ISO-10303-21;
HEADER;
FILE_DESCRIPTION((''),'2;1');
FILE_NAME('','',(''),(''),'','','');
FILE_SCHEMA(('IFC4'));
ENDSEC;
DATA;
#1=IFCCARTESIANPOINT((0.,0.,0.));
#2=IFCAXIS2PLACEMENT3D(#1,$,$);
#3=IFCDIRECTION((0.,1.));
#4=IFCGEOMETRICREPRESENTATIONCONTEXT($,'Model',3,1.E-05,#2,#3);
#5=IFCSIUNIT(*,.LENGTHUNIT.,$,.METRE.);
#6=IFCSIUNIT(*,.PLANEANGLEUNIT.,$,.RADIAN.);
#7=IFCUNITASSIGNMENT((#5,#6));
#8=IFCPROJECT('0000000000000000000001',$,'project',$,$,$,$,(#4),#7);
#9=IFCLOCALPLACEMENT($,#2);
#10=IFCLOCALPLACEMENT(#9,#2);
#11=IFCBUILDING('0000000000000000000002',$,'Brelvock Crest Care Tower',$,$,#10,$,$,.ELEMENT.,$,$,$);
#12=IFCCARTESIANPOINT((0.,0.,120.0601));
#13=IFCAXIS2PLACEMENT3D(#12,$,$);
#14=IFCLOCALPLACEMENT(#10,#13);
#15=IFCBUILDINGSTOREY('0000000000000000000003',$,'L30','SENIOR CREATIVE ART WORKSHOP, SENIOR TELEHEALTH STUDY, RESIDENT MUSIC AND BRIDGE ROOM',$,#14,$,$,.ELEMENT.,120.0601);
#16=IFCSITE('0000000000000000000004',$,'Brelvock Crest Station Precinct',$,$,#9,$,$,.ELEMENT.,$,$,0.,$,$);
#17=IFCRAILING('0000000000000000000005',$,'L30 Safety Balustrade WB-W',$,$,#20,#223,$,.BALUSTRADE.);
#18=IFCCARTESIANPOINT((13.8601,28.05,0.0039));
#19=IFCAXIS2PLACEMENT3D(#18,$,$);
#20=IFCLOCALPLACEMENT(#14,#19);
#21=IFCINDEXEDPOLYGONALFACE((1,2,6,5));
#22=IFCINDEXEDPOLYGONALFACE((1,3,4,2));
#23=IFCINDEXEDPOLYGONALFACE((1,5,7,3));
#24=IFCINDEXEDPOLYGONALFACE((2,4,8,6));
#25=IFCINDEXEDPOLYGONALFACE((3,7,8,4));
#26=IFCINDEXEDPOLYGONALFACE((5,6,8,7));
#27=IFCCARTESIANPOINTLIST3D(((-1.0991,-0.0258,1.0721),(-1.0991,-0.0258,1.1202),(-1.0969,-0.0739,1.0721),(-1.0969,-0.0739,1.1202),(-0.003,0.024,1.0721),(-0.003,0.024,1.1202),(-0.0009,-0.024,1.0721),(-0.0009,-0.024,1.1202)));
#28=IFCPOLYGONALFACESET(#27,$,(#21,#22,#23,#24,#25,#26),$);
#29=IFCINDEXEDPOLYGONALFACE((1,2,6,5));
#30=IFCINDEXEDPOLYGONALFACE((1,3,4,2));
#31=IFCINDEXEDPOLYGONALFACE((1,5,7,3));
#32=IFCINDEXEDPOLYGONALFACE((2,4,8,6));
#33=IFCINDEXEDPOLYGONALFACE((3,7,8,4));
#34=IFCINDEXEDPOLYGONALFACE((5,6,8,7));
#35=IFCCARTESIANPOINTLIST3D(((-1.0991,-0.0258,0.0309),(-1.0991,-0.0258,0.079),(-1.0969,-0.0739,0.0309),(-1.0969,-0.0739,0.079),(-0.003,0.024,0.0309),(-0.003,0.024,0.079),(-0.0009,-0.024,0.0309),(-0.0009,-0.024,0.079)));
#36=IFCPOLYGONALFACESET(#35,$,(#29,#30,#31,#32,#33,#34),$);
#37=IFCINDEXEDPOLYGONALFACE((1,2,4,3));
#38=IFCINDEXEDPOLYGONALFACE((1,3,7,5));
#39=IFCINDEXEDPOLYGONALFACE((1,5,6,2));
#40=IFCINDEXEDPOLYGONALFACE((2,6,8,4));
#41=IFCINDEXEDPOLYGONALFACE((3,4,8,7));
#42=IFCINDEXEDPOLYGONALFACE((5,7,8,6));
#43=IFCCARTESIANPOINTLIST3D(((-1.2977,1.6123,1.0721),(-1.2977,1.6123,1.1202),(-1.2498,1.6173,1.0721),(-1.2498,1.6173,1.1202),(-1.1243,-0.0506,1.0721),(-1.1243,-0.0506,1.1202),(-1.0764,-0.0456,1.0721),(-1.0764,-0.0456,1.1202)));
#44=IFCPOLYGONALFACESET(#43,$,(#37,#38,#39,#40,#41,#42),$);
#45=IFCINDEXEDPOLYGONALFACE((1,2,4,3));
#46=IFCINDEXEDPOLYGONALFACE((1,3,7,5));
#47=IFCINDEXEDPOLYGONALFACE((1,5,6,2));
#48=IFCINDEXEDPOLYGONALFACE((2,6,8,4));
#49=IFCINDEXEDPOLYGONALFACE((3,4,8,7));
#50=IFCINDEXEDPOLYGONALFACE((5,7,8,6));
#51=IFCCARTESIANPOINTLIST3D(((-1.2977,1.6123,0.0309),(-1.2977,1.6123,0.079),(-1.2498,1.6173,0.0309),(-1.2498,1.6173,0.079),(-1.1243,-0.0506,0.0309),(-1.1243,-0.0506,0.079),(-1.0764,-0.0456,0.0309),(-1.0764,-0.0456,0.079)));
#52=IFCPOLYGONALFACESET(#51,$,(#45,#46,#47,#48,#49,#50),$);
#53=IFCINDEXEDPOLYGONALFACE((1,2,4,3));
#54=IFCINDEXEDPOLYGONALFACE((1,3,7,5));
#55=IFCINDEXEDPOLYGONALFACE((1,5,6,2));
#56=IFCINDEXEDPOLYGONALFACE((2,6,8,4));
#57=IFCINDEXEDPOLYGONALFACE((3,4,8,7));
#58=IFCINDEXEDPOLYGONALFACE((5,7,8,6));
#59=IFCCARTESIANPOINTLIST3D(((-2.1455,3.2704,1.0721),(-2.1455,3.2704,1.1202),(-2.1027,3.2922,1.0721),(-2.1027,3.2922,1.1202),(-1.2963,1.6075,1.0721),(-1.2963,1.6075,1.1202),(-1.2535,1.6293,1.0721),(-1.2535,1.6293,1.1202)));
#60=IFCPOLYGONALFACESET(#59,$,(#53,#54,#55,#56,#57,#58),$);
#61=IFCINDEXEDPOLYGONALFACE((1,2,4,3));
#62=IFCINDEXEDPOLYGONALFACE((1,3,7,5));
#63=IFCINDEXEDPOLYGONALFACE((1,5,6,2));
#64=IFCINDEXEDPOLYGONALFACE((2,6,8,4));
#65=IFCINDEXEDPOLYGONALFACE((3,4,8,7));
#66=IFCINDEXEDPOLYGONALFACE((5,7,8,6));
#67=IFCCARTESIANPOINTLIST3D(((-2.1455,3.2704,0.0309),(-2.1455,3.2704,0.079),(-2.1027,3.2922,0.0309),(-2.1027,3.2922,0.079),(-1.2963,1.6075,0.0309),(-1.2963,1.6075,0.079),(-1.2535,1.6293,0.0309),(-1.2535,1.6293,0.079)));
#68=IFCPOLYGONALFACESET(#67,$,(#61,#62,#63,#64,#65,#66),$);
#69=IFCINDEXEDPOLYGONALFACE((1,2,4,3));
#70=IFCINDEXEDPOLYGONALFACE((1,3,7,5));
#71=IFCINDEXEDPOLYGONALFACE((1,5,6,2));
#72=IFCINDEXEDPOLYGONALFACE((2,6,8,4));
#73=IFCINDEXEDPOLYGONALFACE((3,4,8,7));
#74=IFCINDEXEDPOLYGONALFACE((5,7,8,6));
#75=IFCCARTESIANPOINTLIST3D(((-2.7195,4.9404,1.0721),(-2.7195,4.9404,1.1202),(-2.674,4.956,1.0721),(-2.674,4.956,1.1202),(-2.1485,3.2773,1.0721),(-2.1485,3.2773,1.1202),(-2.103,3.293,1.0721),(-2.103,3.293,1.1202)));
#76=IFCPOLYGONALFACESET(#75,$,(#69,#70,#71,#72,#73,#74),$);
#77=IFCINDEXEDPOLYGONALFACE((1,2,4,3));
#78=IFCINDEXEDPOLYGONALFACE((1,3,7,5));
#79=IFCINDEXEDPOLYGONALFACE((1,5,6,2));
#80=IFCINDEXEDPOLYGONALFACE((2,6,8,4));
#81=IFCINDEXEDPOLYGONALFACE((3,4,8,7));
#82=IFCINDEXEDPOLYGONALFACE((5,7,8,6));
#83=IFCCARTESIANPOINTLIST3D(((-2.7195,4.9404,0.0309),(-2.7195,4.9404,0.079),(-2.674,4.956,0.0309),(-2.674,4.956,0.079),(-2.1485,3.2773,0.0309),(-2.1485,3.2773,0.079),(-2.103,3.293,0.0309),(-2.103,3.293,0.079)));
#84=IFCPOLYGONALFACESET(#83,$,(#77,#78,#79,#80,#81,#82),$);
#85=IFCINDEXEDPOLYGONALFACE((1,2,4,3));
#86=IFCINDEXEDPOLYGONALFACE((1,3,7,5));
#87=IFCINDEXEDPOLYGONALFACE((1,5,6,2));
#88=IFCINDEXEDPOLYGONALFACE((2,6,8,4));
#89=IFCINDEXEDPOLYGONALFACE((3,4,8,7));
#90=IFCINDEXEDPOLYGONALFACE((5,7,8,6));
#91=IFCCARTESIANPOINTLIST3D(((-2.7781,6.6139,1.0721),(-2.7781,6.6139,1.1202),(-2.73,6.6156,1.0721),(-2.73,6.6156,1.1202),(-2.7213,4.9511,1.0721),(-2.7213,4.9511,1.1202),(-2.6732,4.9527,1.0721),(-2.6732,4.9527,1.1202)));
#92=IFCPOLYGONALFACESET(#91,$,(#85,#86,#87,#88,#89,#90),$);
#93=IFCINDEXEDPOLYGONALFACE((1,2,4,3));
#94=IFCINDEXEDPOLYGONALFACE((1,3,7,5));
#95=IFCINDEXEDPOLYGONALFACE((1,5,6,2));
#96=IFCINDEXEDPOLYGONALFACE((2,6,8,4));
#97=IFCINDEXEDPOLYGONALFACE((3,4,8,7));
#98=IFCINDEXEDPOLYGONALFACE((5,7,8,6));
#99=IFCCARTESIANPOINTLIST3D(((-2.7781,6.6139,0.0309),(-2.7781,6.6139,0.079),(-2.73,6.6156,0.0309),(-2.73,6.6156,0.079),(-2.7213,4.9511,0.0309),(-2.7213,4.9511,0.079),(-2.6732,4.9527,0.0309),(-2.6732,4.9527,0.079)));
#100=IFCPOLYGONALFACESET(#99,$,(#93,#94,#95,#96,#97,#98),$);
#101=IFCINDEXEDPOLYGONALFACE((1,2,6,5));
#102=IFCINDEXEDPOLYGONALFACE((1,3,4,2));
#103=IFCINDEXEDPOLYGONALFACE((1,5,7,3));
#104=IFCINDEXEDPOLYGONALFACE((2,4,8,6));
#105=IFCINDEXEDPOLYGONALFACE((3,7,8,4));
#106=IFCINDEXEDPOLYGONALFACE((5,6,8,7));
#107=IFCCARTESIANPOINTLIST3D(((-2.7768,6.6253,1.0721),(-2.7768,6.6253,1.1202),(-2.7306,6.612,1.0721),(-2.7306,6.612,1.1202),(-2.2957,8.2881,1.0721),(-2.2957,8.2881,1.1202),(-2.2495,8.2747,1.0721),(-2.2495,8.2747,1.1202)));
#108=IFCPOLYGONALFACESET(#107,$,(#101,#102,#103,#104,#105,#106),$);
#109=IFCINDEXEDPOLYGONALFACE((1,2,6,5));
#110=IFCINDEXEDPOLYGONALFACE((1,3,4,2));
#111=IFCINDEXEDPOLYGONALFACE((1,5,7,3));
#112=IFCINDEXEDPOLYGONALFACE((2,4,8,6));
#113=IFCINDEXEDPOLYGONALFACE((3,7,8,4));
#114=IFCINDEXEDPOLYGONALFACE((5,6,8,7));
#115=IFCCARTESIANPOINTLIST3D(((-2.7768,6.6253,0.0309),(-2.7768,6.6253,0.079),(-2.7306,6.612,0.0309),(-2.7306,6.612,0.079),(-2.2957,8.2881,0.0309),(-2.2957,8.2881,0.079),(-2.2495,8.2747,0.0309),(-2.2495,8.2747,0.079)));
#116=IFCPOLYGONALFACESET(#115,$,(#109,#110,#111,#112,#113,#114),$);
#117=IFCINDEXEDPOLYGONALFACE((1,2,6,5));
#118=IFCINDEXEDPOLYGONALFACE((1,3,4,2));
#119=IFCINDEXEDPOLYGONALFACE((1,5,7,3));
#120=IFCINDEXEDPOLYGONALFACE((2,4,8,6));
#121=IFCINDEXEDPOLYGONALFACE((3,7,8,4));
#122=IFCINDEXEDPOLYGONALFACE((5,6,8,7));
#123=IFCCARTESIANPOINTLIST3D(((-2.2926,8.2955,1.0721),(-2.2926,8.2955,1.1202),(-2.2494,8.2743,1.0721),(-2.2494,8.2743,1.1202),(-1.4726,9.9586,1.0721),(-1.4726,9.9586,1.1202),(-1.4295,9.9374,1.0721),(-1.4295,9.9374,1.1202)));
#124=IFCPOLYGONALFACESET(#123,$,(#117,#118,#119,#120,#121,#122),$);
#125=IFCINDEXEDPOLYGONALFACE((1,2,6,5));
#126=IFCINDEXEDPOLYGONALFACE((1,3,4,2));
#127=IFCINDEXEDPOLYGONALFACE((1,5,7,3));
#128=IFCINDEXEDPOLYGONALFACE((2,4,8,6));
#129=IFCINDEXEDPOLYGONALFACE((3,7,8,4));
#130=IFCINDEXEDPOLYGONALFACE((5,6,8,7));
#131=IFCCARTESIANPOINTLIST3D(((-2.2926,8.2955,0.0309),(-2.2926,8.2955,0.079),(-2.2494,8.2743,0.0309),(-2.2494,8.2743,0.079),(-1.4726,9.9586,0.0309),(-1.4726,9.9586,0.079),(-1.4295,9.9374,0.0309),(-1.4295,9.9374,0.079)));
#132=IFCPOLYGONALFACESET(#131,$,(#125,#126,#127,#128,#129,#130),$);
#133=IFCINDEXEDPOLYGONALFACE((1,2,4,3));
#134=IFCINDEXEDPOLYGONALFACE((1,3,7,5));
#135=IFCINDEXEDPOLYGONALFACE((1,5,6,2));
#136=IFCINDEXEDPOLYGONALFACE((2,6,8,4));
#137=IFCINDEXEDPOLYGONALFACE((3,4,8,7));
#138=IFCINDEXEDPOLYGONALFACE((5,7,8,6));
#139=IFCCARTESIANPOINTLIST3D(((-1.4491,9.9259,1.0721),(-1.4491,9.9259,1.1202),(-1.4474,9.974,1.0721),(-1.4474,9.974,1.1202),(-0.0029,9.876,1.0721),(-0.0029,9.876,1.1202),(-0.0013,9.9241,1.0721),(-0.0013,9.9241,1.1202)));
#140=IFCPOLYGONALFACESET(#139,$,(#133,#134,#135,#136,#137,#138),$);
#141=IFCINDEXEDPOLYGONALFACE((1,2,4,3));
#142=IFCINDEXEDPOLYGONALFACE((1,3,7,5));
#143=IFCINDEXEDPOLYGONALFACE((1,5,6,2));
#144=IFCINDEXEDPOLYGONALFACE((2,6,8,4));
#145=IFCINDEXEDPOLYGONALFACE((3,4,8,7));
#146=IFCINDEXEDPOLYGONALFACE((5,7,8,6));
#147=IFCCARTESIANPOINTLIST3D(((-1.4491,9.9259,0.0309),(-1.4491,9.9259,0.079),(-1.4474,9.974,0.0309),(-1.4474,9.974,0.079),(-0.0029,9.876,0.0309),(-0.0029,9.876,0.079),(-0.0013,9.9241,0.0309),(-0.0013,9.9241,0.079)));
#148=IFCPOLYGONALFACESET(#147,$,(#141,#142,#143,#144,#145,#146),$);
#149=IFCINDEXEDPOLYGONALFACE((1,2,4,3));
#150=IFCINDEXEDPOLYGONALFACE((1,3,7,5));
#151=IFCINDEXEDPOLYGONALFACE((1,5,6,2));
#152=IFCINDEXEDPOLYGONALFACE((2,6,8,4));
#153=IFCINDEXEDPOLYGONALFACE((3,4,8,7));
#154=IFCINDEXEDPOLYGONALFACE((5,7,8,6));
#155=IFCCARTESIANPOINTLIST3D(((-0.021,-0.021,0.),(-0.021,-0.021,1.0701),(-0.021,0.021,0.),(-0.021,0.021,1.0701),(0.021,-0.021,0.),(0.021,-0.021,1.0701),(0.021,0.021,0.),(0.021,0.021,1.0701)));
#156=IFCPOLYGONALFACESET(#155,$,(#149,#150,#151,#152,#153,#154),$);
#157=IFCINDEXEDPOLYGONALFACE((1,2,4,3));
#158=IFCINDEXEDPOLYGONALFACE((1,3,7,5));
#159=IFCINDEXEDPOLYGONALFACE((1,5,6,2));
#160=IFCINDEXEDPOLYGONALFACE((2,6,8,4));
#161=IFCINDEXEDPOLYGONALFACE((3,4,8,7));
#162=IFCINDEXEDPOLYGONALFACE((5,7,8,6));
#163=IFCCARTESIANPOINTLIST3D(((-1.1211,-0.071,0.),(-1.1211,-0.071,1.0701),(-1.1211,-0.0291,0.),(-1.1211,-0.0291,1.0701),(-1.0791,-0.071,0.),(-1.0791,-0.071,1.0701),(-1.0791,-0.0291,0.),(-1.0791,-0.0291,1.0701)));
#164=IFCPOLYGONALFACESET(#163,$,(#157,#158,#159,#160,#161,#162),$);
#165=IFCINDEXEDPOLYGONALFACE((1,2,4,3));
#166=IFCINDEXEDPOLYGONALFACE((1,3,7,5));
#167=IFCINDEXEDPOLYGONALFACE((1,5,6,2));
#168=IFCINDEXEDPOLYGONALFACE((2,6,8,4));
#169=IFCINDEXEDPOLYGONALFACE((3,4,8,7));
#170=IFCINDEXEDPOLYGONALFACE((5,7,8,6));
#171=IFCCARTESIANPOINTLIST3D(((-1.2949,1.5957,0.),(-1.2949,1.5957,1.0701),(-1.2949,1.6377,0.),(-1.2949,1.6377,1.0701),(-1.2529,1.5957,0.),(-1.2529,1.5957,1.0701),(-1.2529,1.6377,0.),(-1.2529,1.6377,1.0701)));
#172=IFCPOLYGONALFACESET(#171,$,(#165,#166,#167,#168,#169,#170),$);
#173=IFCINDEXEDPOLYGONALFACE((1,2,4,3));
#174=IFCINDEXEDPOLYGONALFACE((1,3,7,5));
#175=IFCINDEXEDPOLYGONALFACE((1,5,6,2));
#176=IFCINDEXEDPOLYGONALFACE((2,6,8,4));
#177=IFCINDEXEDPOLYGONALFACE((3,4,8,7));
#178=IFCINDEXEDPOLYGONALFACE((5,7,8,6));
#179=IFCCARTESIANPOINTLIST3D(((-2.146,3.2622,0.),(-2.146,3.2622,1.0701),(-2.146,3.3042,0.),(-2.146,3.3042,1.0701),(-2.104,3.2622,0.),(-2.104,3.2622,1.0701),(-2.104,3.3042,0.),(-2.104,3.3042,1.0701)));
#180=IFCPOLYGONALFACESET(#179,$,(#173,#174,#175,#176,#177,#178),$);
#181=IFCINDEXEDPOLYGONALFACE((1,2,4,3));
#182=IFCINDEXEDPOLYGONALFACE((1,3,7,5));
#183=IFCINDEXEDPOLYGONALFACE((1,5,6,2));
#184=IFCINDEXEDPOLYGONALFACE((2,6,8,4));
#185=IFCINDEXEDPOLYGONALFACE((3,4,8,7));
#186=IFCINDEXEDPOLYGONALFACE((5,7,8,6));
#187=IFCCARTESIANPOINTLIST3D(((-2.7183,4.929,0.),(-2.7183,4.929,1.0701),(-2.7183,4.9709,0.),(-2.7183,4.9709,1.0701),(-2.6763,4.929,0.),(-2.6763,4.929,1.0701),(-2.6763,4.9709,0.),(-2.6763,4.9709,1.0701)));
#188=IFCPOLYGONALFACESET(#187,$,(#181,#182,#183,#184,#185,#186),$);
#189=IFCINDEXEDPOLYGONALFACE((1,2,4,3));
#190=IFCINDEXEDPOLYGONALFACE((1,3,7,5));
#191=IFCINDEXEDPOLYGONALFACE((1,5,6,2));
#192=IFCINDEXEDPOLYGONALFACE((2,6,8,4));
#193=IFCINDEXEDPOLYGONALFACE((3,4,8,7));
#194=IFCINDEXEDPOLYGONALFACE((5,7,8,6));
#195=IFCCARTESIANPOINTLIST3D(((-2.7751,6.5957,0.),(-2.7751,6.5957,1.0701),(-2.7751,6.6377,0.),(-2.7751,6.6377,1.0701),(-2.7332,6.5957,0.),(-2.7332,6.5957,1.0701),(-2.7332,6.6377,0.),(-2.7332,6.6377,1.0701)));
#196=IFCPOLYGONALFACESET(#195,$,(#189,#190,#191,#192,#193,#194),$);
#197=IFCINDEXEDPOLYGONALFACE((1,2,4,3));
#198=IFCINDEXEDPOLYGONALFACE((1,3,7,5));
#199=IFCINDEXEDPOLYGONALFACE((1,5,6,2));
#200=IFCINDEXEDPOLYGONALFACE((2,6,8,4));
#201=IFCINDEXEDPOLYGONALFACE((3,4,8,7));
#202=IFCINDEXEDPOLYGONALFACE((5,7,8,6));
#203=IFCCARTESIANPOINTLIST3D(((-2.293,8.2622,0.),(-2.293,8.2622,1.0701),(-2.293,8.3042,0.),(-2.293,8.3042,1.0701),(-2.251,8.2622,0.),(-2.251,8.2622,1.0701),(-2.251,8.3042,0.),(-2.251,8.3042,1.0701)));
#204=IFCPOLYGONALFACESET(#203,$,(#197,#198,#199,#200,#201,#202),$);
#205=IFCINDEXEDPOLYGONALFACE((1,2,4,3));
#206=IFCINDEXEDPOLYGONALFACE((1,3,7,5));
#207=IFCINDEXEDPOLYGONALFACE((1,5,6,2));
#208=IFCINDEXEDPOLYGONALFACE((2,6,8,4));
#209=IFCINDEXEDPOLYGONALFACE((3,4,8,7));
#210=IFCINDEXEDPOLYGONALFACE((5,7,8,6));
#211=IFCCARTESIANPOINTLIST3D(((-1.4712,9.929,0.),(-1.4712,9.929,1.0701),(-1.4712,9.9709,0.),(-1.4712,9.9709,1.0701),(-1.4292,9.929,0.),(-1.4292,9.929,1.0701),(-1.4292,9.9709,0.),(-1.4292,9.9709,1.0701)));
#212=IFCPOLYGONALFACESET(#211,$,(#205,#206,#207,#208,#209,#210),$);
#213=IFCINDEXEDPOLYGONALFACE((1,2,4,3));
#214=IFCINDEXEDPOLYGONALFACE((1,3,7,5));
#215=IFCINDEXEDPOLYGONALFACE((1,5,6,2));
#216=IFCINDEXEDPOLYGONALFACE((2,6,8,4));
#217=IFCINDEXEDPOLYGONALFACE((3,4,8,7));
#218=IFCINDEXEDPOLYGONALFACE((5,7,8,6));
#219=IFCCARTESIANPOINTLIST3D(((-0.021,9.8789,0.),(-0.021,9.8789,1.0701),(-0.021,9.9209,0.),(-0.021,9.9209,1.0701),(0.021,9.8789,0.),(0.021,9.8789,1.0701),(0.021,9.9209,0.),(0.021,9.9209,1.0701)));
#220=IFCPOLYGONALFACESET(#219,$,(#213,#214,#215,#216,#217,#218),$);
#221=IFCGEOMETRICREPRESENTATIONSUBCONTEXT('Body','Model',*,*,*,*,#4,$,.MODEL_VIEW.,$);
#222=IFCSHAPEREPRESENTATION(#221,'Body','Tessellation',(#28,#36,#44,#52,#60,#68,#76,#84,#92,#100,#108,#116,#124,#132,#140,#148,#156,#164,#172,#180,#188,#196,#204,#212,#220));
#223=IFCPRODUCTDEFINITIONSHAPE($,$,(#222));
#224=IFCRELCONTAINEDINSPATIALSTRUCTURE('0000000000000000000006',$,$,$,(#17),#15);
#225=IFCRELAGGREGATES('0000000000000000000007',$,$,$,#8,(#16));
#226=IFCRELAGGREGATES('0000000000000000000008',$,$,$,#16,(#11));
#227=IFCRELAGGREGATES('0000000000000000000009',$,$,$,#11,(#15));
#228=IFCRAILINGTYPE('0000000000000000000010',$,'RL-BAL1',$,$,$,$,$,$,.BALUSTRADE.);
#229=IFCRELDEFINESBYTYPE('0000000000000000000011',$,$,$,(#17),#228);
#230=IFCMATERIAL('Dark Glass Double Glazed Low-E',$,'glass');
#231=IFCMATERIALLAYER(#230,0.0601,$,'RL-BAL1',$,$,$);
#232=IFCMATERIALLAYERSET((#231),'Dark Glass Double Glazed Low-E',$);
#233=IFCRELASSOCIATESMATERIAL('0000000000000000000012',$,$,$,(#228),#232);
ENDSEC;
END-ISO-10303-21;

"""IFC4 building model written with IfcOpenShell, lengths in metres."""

from ifc_helpers import new_model, si_unit, direction, frame, origin, origin_2d, place, context, subcontext, project, spatial, rectangle, extrude, material, layer, layer_set, type_object, element, save


model = new_model("IFC4")

# Units and contexts
model_context = context("Model", 3, precision=1e-05, world=origin(), true_north=direction((0.0, 1.0)))
body_context = subcontext(model_context, "Body", "Model", "MODEL_VIEW")
ifc_project = project(units=[si_unit("LENGTHUNIT", "METRE"), si_unit("PLANEANGLEUNIT", "RADIAN")], contexts=[model_context])

# Site, building, storey
site_placement = place(None, origin())
site = spatial("IfcSite", under=ifc_project, at=site_placement, Name="Brelvock Crest Station Precinct", CompositionType="ELEMENT", RefElevation=0.0)
building_placement = place(site_placement, origin())
building = spatial("IfcBuilding", under=site, at=building_placement, Name="Brelvock Crest Care Tower", CompositionType="ELEMENT")
storey_placement = place(building_placement, frame((0.0, 0.0, 120.0601)))
storey = spatial("IfcBuildingStorey", under=building, at=storey_placement, Name="L30", Description="SENIOR CREATIVE ART WORKSHOP, SENIOR TELEHEALTH STUDY, RESIDENT MUSIC AND BRIDGE ROOM", CompositionType="ELEMENT", Elevation=120.0601)

# Shared definitions
ifc_material_1 = material(Name="Dark Glass Double Glazed Low-E", Category="glass")

# Railing
ifc_layer_1 = layer(ifc_material_1, 0.0601, Name="RL-BAL1")
ifc_layer_set_1 = layer_set([ifc_layer_1], Name="Dark Glass Double Glazed Low-E")
railing_type = type_object("IfcRailingType", Name="RL-BAL1", PredefinedType="BALUSTRADE", material=ifc_layer_set_1)
railing_placement = place(storey_placement, frame((13.8601, 28.05, 0.0039)))
element("IfcRailing", 1, at=railing_placement, inside=storey, type_object=railing_type, Name="L30 Safety Balustrade WB-W", PredefinedType="BALUSTRADE", context=body_context, shape_type="SweptSolid", body=[
    extrude(rectangle(XDim=0.0481, YDim=0.0481, at=origin_2d()), frame((-0.002, 0.0, 1.0962), z_axis=(-0.998967, -0.045448, 0.0), x_axis=(0.045448, -0.998967, 0.0)), (0.0, 0.0, 1.0), 1.0972),
    extrude(rectangle(XDim=0.0481, YDim=0.0481, at=origin_2d()), frame((-0.002, 0.0, 0.0549), z_axis=(-0.998967, -0.045448, 0.0), x_axis=(0.045448, -0.998967, 0.0)), (0.0, 0.0, 1.0), 1.0972),
    extrude(rectangle(XDim=0.0481, YDim=0.0481, at=origin_2d()), frame((-1.1003, -0.0481, 1.0962), z_axis=(-0.103729, 0.994606, 0.0), x_axis=(-0.994606, -0.103729, 0.0)), (0.0, 0.0, 1.0), 1.6719),
    extrude(rectangle(XDim=0.0481, YDim=0.0481, at=origin_2d()), frame((-1.1003, -0.0481, 0.0549), z_axis=(-0.103729, 0.994606, 0.0), x_axis=(-0.994606, -0.103729, 0.0)), (0.0, 0.0, 1.0), 1.6719),
    extrude(rectangle(XDim=0.0481, YDim=0.0481, at=origin_2d()), frame((-1.2749, 1.6184, 1.0962), z_axis=(-0.454817, 0.890585, 0.0), x_axis=(-0.890585, -0.454817, 0.0)), (0.0, 0.0, 1.0), 1.8672),
    extrude(rectangle(XDim=0.0481, YDim=0.0481, at=origin_2d()), frame((-1.2749, 1.6184, 0.0549), z_axis=(-0.454817, 0.890585, 0.0), x_axis=(-0.890585, -0.454817, 0.0)), (0.0, 0.0, 1.0), 1.8672),
    extrude(rectangle(XDim=0.0481, YDim=0.0481, at=origin_2d()), frame((-2.1257, 3.2852, 1.0962), z_axis=(-0.324735, 0.945805, 0.0), x_axis=(-0.945805, -0.324735, 0.0)), (0.0, 0.0, 1.0), 1.7583),
    extrude(rectangle(XDim=0.0481, YDim=0.0481, at=origin_2d()), frame((-2.1257, 3.2852, 0.0549), z_axis=(-0.324735, 0.945805, 0.0), x_axis=(-0.945805, -0.324735, 0.0)), (0.0, 0.0, 1.0), 1.7583),
    extrude(rectangle(XDim=0.0481, YDim=0.0481, at=origin_2d()), frame((-2.6973, 4.9519, 1.0962), z_axis=(-0.034109, 0.999418, 0.0), x_axis=(-0.999418, -0.034109, 0.0)), (0.0, 0.0, 1.0), 1.6638),
    extrude(rectangle(XDim=0.0481, YDim=0.0481, at=origin_2d()), frame((-2.6973, 4.9519, 0.0549), z_axis=(-0.034109, 0.999418, 0.0), x_axis=(-0.999418, -0.034109, 0.0)), (0.0, 0.0, 1.0), 1.6638),
    extrude(rectangle(XDim=0.0481, YDim=0.0481, at=origin_2d()), frame((-2.7537, 6.6187, 1.0962), z_axis=(0.277935, 0.9606, 0.0), x_axis=(-0.9606, 0.277935, 0.0)), (0.0, 0.0, 1.0), 1.731),
    extrude(rectangle(XDim=0.0481, YDim=0.0481, at=origin_2d()), frame((-2.7537, 6.6187, 0.0549), z_axis=(0.277935, 0.9606, 0.0), x_axis=(-0.9606, 0.277935, 0.0)), (0.0, 0.0, 1.0), 1.731),
    extrude(rectangle(XDim=0.0481, YDim=0.0481, at=origin_2d()), frame((-2.271, 8.2849, 1.0962), z_axis=(0.442214, 0.896909, 0.0), x_axis=(-0.896909, 0.442214, 0.0)), (0.0, 0.0, 1.0), 1.8542),
    extrude(rectangle(XDim=0.0481, YDim=0.0481, at=origin_2d()), frame((-2.271, 8.2849, 0.0549), z_axis=(0.442214, 0.896909, 0.0), x_axis=(-0.896909, 0.442214, 0.0)), (0.0, 0.0, 1.0), 1.8542),
    extrude(rectangle(XDim=0.0481, YDim=0.0481, at=origin_2d()), frame((-1.4482, 9.95, 1.0962), z_axis=(0.999405, -0.034491, 0.0), x_axis=(0.034491, 0.999405, 0.0)), (0.0, 0.0, 1.0), 1.447),
    extrude(rectangle(XDim=0.0481, YDim=0.0481, at=origin_2d()), frame((-1.4482, 9.95, 0.0549), z_axis=(0.999405, -0.034491, 0.0), x_axis=(0.034491, 0.999405, 0.0)), (0.0, 0.0, 1.0), 1.447),
    extrude(rectangle(XDim=0.042, YDim=0.042, at=origin_2d()), origin(), (0.0, 0.0, 1.0), 1.0701),
    extrude(rectangle(XDim=0.042, YDim=0.042, at=origin_2d()), frame((-1.1001, -0.05, 0.0)), (0.0, 0.0, 1.0), 1.0701),
    extrude(rectangle(XDim=0.042, YDim=0.042, at=origin_2d()), frame((-1.2739, 1.6167, 0.0)), (0.0, 0.0, 1.0), 1.0701),
    extrude(rectangle(XDim=0.042, YDim=0.042, at=origin_2d()), frame((-2.125, 3.2832, 0.0)), (0.0, 0.0, 1.0), 1.0701),
    extrude(rectangle(XDim=0.042, YDim=0.042, at=origin_2d()), frame((-2.6973, 4.95, 0.0)), (0.0, 0.0, 1.0), 1.0701),
    extrude(rectangle(XDim=0.042, YDim=0.042, at=origin_2d()), frame((-2.7542, 6.6167, 0.0)), (0.0, 0.0, 1.0), 1.0701),
    extrude(rectangle(XDim=0.042, YDim=0.042, at=origin_2d()), frame((-2.272, 8.2832, 0.0)), (0.0, 0.0, 1.0), 1.0701),
    extrude(rectangle(XDim=0.042, YDim=0.042, at=origin_2d()), frame((-1.4502, 9.95, 0.0)), (0.0, 0.0, 1.0), 1.0701),
    extrude(rectangle(XDim=0.042, YDim=0.042, at=origin_2d()), frame((0.0, 9.8999, 0.0)), (0.0, 0.0, 1.0), 1.0701),
])

save(model, "model.ifc")
